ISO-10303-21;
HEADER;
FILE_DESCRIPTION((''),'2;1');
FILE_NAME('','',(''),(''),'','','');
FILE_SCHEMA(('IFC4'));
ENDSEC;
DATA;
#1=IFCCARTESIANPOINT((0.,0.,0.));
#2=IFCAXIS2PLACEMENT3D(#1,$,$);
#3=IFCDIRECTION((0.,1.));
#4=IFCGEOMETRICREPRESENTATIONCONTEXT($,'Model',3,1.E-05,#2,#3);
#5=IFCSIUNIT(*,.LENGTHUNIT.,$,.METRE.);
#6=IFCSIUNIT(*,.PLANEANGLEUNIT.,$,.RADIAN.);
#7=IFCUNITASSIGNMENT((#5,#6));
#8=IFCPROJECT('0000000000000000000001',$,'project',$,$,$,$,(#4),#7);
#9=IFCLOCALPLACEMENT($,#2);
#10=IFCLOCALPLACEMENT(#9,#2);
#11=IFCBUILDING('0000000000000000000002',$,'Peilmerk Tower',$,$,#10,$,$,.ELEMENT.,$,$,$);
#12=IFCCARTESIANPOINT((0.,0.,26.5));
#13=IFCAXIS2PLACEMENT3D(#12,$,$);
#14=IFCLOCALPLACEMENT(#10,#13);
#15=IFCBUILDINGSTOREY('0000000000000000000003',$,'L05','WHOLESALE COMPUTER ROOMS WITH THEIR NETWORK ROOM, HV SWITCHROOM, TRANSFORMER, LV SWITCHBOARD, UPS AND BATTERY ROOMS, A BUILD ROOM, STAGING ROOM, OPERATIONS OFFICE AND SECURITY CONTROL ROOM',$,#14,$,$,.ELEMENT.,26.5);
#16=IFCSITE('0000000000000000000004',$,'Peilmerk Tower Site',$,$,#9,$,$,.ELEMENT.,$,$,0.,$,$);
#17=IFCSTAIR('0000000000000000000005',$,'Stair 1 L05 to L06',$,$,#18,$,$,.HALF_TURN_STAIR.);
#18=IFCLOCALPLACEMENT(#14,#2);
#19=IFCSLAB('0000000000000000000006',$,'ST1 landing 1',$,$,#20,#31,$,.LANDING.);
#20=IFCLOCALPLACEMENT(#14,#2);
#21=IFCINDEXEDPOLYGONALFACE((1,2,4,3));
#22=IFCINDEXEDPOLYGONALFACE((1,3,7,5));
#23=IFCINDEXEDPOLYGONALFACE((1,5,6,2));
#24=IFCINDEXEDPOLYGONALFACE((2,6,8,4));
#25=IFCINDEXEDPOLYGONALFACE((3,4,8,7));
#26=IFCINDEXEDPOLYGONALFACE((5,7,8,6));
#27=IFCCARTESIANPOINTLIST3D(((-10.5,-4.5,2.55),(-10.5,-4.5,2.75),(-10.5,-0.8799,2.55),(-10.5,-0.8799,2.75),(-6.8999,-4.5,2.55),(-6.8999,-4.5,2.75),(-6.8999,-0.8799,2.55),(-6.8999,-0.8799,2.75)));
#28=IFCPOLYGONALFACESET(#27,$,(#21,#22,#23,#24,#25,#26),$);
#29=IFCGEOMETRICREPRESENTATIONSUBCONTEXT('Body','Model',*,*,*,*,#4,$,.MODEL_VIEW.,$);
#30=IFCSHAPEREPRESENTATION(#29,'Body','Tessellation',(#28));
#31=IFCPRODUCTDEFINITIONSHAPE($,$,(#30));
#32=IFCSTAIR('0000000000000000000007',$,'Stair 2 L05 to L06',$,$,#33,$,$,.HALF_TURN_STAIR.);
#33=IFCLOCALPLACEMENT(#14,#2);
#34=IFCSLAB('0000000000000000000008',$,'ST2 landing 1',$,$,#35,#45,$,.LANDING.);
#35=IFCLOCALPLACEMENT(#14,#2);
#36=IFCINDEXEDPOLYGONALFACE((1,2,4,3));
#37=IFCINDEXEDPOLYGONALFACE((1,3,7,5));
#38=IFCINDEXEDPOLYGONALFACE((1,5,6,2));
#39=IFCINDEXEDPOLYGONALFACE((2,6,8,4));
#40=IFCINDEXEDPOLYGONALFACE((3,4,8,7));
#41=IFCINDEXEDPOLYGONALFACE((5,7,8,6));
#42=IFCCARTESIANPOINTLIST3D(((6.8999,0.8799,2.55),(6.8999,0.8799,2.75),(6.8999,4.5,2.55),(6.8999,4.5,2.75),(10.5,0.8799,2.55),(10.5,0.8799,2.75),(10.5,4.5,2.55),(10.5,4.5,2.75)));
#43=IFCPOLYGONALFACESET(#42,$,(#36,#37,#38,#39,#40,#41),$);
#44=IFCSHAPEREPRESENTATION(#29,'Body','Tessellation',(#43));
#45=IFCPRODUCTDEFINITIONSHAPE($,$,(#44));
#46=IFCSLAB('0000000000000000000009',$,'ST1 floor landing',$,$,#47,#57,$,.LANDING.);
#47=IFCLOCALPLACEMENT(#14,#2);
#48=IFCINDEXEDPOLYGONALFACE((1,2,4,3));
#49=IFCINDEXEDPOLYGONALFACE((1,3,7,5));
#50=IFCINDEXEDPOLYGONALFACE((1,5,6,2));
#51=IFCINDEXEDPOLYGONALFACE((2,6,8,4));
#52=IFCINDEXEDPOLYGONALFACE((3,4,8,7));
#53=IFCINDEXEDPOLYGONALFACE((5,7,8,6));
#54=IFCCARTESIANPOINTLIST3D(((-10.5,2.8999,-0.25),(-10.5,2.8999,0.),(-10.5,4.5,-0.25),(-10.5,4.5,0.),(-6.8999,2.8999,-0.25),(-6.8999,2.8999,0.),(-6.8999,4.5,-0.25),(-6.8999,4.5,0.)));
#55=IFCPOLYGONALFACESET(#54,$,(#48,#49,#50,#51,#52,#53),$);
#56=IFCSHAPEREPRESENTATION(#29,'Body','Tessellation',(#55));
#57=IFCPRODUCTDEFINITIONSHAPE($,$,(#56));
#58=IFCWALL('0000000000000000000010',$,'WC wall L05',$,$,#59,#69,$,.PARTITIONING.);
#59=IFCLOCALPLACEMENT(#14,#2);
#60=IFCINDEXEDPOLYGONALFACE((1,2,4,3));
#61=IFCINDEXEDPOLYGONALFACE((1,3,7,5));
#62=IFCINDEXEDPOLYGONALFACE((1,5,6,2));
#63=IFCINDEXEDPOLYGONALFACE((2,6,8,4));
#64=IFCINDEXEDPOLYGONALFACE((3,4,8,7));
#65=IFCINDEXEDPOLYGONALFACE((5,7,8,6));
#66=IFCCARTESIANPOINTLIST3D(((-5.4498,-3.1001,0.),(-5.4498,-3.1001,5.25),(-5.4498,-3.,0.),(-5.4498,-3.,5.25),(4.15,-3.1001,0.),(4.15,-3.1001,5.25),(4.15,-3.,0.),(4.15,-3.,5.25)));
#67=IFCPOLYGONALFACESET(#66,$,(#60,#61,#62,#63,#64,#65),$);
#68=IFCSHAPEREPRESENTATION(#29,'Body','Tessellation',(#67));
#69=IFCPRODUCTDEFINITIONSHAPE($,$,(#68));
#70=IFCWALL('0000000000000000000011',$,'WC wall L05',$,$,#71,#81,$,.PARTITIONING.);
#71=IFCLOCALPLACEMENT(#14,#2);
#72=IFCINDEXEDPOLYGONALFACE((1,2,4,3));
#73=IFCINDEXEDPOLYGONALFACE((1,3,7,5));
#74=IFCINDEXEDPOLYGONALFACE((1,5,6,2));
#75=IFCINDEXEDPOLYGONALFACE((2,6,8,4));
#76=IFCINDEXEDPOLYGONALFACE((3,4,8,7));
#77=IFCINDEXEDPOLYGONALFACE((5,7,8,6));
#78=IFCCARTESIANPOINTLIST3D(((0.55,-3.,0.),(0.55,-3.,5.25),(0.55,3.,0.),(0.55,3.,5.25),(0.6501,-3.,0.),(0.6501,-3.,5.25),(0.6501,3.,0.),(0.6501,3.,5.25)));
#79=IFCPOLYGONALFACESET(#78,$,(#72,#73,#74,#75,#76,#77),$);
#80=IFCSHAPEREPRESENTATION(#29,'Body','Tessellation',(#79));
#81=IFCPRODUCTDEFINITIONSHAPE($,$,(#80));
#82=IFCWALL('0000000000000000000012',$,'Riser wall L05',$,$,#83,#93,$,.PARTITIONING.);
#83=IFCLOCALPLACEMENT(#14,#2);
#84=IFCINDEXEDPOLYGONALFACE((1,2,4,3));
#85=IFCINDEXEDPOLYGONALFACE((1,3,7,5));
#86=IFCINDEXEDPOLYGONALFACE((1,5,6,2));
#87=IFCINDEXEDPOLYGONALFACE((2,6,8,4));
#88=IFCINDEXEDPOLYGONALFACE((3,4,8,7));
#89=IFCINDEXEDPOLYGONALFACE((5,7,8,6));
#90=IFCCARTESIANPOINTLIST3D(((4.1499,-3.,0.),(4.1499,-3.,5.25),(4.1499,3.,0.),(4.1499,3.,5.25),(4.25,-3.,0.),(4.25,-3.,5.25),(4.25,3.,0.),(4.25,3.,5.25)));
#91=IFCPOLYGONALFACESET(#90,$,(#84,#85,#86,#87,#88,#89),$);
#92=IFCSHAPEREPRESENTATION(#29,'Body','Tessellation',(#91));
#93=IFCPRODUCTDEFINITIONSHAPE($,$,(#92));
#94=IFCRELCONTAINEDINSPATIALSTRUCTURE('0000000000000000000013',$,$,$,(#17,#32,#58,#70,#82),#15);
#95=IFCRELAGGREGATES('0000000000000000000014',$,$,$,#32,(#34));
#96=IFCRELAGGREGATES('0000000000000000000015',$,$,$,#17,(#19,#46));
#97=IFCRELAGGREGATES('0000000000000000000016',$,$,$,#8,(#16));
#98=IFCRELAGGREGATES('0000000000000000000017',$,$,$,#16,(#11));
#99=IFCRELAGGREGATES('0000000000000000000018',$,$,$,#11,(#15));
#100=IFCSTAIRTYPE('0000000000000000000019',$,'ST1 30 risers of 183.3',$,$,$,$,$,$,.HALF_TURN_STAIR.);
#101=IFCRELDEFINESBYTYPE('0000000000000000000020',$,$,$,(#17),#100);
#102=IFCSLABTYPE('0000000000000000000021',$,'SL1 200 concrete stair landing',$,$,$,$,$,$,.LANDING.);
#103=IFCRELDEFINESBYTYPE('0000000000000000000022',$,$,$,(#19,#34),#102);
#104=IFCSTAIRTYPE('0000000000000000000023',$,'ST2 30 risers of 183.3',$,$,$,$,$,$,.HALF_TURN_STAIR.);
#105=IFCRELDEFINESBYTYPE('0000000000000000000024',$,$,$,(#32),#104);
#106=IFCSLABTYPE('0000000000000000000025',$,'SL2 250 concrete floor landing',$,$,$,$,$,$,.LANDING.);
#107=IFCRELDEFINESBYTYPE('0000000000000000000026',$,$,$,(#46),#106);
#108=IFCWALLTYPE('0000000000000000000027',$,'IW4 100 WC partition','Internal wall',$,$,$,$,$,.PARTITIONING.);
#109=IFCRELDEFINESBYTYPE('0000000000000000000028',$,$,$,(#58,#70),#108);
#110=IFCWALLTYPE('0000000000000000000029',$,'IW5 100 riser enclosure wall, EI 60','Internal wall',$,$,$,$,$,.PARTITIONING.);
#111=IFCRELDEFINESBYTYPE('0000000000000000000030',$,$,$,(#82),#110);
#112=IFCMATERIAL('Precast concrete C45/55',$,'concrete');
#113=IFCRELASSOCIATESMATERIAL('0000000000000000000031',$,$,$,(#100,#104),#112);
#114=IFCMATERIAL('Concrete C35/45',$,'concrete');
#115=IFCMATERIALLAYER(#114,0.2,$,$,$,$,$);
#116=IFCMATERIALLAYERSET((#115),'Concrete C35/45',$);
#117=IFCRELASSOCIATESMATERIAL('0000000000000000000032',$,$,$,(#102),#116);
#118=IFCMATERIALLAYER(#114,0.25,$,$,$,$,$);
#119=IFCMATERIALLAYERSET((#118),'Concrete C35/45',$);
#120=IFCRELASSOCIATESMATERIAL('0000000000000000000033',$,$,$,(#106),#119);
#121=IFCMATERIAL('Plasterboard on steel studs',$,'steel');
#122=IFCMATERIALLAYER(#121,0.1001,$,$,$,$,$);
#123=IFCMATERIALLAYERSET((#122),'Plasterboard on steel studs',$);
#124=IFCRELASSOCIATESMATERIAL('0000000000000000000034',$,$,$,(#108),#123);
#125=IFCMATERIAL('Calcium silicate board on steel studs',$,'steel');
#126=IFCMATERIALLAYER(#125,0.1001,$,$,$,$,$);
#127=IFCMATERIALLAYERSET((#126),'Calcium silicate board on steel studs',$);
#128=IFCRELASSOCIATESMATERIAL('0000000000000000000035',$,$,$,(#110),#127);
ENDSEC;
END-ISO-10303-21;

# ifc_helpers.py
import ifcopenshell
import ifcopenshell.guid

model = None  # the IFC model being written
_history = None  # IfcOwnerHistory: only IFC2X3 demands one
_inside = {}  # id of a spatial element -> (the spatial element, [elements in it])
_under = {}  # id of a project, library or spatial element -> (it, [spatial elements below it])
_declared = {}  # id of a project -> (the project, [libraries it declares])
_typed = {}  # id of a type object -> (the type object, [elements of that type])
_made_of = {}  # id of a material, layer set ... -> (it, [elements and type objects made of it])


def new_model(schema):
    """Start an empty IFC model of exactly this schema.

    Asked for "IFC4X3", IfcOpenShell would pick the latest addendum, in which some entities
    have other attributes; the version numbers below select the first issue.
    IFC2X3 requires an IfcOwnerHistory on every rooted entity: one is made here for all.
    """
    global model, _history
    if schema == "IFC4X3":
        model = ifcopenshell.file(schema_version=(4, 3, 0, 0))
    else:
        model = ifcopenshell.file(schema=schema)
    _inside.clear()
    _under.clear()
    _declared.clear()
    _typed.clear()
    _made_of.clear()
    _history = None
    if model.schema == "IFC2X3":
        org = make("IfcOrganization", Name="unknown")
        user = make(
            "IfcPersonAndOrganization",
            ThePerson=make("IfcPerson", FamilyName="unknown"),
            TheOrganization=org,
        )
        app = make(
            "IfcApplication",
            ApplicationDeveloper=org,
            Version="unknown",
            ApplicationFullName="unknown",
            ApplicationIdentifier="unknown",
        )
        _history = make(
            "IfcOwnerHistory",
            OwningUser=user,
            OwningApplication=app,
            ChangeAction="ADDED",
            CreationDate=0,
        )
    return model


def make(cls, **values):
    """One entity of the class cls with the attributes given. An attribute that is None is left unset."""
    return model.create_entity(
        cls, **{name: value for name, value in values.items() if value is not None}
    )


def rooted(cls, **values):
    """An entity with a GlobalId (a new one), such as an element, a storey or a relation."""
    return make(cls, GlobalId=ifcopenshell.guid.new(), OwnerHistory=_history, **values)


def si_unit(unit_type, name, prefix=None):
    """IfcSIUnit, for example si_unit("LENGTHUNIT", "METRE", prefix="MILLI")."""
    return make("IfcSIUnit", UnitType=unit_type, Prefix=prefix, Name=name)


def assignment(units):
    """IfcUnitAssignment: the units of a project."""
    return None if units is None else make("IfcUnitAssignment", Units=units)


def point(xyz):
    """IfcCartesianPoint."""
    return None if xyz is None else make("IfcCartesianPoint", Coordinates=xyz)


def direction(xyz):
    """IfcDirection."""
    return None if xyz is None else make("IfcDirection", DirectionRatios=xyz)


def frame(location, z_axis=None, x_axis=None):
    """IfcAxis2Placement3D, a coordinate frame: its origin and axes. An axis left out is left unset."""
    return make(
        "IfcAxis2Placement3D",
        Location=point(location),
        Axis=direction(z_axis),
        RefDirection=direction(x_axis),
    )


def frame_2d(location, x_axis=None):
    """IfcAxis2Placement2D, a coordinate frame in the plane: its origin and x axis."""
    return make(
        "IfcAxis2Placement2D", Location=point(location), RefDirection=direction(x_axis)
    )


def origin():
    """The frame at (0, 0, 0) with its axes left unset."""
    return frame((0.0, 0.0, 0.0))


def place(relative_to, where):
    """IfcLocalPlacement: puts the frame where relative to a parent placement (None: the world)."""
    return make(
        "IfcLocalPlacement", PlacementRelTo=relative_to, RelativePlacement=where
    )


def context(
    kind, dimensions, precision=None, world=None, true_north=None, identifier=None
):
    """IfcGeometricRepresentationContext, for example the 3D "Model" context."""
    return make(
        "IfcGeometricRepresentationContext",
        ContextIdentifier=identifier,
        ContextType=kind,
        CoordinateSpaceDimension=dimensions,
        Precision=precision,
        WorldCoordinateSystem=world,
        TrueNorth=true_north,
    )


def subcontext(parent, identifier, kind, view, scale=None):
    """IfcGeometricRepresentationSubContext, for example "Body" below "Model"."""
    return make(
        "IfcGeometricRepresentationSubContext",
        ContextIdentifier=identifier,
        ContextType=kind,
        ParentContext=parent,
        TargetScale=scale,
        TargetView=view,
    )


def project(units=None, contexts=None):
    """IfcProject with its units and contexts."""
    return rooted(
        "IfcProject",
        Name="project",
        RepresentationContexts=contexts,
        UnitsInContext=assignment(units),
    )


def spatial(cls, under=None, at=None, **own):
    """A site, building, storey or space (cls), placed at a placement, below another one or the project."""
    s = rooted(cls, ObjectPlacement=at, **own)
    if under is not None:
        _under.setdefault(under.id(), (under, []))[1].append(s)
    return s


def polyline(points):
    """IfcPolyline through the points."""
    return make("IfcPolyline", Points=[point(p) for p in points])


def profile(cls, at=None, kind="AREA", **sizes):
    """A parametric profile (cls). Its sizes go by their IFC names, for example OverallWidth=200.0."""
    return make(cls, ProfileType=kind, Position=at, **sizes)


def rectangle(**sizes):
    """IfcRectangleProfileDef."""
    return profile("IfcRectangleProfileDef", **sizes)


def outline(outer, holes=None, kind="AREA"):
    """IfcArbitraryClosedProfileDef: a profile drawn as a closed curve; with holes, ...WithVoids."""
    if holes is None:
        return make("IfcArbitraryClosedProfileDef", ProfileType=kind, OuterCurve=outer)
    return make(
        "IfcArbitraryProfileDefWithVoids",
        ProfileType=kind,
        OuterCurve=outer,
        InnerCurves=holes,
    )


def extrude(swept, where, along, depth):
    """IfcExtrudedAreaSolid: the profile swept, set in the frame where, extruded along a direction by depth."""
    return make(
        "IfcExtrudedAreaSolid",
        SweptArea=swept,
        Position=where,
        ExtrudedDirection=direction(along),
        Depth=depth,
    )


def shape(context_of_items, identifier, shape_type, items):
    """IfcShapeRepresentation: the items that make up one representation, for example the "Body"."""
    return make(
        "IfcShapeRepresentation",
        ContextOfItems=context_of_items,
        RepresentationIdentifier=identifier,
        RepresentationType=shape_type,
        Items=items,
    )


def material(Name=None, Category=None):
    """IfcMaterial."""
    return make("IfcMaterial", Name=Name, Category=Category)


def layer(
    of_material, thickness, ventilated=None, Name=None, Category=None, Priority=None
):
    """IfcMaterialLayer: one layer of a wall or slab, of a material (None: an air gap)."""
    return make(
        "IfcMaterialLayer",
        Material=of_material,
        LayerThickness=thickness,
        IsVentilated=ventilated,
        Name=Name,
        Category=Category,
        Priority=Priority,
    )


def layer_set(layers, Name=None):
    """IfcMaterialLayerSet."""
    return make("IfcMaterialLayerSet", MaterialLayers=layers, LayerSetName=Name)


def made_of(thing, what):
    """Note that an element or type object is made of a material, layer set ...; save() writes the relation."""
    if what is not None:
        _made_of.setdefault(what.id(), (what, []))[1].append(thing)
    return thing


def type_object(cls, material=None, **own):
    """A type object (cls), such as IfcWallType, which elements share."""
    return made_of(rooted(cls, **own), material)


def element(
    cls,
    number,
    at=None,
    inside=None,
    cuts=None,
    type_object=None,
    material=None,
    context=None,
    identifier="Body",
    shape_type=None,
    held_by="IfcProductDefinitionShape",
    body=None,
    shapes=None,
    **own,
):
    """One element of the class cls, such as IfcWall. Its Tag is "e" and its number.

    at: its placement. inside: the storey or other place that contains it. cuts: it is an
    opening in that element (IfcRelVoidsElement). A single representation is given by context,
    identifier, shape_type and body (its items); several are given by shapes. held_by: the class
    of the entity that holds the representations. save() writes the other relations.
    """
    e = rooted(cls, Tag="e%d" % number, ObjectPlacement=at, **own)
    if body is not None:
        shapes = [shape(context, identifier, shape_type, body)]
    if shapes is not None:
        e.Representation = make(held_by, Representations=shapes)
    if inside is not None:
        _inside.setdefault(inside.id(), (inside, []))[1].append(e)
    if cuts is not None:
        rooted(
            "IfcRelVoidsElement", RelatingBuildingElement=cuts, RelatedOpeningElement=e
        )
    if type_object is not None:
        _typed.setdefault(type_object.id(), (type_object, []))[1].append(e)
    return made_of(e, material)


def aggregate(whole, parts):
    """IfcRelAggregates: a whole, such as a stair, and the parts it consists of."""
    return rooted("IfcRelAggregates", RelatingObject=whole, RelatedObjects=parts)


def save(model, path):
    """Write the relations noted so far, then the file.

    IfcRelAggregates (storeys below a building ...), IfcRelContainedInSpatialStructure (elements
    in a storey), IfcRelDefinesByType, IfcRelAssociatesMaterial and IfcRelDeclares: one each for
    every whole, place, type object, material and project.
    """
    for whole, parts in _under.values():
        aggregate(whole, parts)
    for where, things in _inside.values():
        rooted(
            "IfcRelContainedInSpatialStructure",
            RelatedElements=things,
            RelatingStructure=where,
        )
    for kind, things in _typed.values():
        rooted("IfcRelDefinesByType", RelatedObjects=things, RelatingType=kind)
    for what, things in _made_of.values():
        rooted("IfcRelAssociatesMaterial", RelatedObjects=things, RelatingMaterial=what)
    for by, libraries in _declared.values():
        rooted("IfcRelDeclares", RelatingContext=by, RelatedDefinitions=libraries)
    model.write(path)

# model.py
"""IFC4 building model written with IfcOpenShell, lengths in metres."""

from ifc_helpers import new_model, si_unit, direction, frame, frame_2d, origin, place, context, subcontext, project, spatial, polyline, rectangle, outline, extrude, material, layer, layer_set, type_object, element, aggregate, save


model = new_model("IFC4")

# Units and contexts
model_context = context("Model", 3, precision=1e-05, world=origin(), true_north=direction((0.0, 1.0)))
body_context = subcontext(model_context, "Body", "Model", "MODEL_VIEW")
ifc_project = project(units=[si_unit("LENGTHUNIT", "METRE"), si_unit("PLANEANGLEUNIT", "RADIAN")], contexts=[model_context])

# Site, building, storey
site_placement = place(None, origin())
site = spatial("IfcSite", under=ifc_project, at=site_placement, Name="Peilmerk Tower Site", CompositionType="ELEMENT", RefElevation=0.0)
building_placement = place(site_placement, origin())
building = spatial("IfcBuilding", under=site, at=building_placement, Name="Peilmerk Tower", CompositionType="ELEMENT")
storey_placement = place(building_placement, frame((0.0, 0.0, 26.5)))
storey = spatial("IfcBuildingStorey", under=building, at=storey_placement, Name="L05", Description="WHOLESALE COMPUTER ROOMS WITH THEIR NETWORK ROOM, HV SWITCHROOM, TRANSFORMER, LV SWITCHBOARD, UPS AND BATTERY ROOMS, A BUILD ROOM, STAGING ROOM, OPERATIONS OFFICE AND SECURITY CONTROL ROOM", CompositionType="ELEMENT", Elevation=26.5)

# Stairs, slabs
ifc_material_1 = material(Name="Precast concrete C45/55", Category="concrete")
stair_type_1 = type_object("IfcStairType", Name="ST1 30 risers of 183.3", PredefinedType="HALF_TURN_STAIR", material=ifc_material_1)
stair_1_placement = place(storey_placement, origin())
stair_1 = element("IfcStair", 1, at=stair_1_placement, inside=storey, type_object=stair_type_1, Name="Stair 1 L05 to L06", PredefinedType="HALF_TURN_STAIR")
ifc_material_2 = material(Name="Concrete C35/45", Category="concrete")
ifc_layer_1 = layer(ifc_material_2, 0.2)
ifc_layer_set_1 = layer_set([ifc_layer_1], Name="Concrete C35/45")
slab_type_1 = type_object("IfcSlabType", Name="SL1 200 concrete stair landing", PredefinedType="LANDING", material=ifc_layer_set_1)
slab_1_placement = place(storey_placement, frame((0.0, 0.0, 2.55)))
slab_1 = element("IfcSlab", 2, at=slab_1_placement, type_object=slab_type_1, Name="ST1 landing 1", PredefinedType="LANDING", context=body_context, shape_type="SweptSolid", body=[
    extrude(outline(polyline([(-10.5, -4.5), (-6.8999, -4.5), (-6.8999, -0.8799), (-10.5, -0.8799), (-10.5, -4.5)])), origin(), (0.0, 0.0, 1.0), 0.2),
])
stair_type_2 = type_object("IfcStairType", Name="ST2 30 risers of 183.3", PredefinedType="HALF_TURN_STAIR", material=ifc_material_1)
stair_2_placement = place(storey_placement, origin())
stair_2 = element("IfcStair", 3, at=stair_2_placement, inside=storey, type_object=stair_type_2, Name="Stair 2 L05 to L06", PredefinedType="HALF_TURN_STAIR")
slab_2_placement = place(storey_placement, frame((0.0, 0.0, 2.55)))
slab_2 = element("IfcSlab", 4, at=slab_2_placement, type_object=slab_type_1, Name="ST2 landing 1", PredefinedType="LANDING", context=body_context, shape_type="SweptSolid", body=[
    extrude(outline(polyline([(6.8999, 0.8799), (10.5, 0.8799), (10.5, 4.5), (6.8999, 4.5), (6.8999, 0.8799)])), origin(), (0.0, 0.0, 1.0), 0.2),
])
aggregate(stair_2, [slab_2])

# Slab
ifc_layer_2 = layer(ifc_material_2, 0.25)
ifc_layer_set_2 = layer_set([ifc_layer_2], Name="Concrete C35/45")
slab_type_2 = type_object("IfcSlabType", Name="SL2 250 concrete floor landing", PredefinedType="LANDING", material=ifc_layer_set_2)
slab_3_placement = place(storey_placement, frame((0.0, 0.0, -0.25)))
slab_3 = element("IfcSlab", 5, at=slab_3_placement, type_object=slab_type_2, Name="ST1 floor landing", PredefinedType="LANDING", context=body_context, shape_type="SweptSolid", body=[
    extrude(outline(polyline([(-10.5, 2.8999), (-6.8999, 2.8999), (-6.8999, 4.5), (-10.5, 4.5), (-10.5, 2.8999)])), origin(), (0.0, 0.0, 1.0), 0.25),
])
aggregate(stair_1, [slab_1, slab_3])

# Walls
ifc_material_3 = material(Name="Plasterboard on steel studs", Category="steel")
ifc_layer_3 = layer(ifc_material_3, 0.1001)
ifc_layer_set_3 = layer_set([ifc_layer_3], Name="Plasterboard on steel studs")
wall_type_1 = type_object("IfcWallType", Name="IW4 100 WC partition", Description="Internal wall", PredefinedType="PARTITIONING", material=ifc_layer_set_3)
wall_1_placement = place(storey_placement, frame((4.1499, -3.05, 0.0), z_axis=(0.0, 0.0, 1.0), x_axis=(-1.0, 0.0, 0.0)))
element("IfcWall", 6, at=wall_1_placement, inside=storey, type_object=wall_type_1, Name="WC wall L05", PredefinedType="PARTITIONING", context=body_context, shape_type="SweptSolid", body=[
    extrude(rectangle(XDim=9.5999, YDim=0.1001, at=frame_2d((4.7998, 0.0))), origin(), (0.0, 0.0, 1.0), 5.25),
])
wall_2_placement = place(storey_placement, frame((0.6001, -3.0, 0.0), z_axis=(0.0, 0.0, 1.0), x_axis=(0.0, 1.0, 0.0)))
element("IfcWall", 7, at=wall_2_placement, inside=storey, type_object=wall_type_1, Name="WC wall L05", PredefinedType="PARTITIONING", context=body_context, shape_type="SweptSolid", body=[
    extrude(rectangle(XDim=6.0, YDim=0.1001, at=frame_2d((3.0, 0.0))), origin(), (0.0, 0.0, 1.0), 5.25),
])
ifc_material_4 = material(Name="Calcium silicate board on steel studs", Category="steel")
ifc_layer_4 = layer(ifc_material_4, 0.1001)
ifc_layer_set_4 = layer_set([ifc_layer_4], Name="Calcium silicate board on steel studs")
wall_type_2 = type_object("IfcWallType", Name="IW5 100 riser enclosure wall, EI 60", Description="Internal wall", PredefinedType="PARTITIONING", material=ifc_layer_set_4)
wall_3_placement = place(storey_placement, frame((4.2, -3.0, 0.0), z_axis=(0.0, 0.0, 1.0), x_axis=(0.0, 1.0, 0.0)))
element("IfcWall", 8, at=wall_3_placement, inside=storey, type_object=wall_type_2, Name="Riser wall L05", PredefinedType="PARTITIONING", context=body_context, shape_type="SweptSolid", body=[
    extrude(rectangle(XDim=6.0, YDim=0.1001, at=frame_2d((3.0, 0.0))), origin(), (0.0, 0.0, 1.0), 5.25),
])

save(model, "model.ifc")
